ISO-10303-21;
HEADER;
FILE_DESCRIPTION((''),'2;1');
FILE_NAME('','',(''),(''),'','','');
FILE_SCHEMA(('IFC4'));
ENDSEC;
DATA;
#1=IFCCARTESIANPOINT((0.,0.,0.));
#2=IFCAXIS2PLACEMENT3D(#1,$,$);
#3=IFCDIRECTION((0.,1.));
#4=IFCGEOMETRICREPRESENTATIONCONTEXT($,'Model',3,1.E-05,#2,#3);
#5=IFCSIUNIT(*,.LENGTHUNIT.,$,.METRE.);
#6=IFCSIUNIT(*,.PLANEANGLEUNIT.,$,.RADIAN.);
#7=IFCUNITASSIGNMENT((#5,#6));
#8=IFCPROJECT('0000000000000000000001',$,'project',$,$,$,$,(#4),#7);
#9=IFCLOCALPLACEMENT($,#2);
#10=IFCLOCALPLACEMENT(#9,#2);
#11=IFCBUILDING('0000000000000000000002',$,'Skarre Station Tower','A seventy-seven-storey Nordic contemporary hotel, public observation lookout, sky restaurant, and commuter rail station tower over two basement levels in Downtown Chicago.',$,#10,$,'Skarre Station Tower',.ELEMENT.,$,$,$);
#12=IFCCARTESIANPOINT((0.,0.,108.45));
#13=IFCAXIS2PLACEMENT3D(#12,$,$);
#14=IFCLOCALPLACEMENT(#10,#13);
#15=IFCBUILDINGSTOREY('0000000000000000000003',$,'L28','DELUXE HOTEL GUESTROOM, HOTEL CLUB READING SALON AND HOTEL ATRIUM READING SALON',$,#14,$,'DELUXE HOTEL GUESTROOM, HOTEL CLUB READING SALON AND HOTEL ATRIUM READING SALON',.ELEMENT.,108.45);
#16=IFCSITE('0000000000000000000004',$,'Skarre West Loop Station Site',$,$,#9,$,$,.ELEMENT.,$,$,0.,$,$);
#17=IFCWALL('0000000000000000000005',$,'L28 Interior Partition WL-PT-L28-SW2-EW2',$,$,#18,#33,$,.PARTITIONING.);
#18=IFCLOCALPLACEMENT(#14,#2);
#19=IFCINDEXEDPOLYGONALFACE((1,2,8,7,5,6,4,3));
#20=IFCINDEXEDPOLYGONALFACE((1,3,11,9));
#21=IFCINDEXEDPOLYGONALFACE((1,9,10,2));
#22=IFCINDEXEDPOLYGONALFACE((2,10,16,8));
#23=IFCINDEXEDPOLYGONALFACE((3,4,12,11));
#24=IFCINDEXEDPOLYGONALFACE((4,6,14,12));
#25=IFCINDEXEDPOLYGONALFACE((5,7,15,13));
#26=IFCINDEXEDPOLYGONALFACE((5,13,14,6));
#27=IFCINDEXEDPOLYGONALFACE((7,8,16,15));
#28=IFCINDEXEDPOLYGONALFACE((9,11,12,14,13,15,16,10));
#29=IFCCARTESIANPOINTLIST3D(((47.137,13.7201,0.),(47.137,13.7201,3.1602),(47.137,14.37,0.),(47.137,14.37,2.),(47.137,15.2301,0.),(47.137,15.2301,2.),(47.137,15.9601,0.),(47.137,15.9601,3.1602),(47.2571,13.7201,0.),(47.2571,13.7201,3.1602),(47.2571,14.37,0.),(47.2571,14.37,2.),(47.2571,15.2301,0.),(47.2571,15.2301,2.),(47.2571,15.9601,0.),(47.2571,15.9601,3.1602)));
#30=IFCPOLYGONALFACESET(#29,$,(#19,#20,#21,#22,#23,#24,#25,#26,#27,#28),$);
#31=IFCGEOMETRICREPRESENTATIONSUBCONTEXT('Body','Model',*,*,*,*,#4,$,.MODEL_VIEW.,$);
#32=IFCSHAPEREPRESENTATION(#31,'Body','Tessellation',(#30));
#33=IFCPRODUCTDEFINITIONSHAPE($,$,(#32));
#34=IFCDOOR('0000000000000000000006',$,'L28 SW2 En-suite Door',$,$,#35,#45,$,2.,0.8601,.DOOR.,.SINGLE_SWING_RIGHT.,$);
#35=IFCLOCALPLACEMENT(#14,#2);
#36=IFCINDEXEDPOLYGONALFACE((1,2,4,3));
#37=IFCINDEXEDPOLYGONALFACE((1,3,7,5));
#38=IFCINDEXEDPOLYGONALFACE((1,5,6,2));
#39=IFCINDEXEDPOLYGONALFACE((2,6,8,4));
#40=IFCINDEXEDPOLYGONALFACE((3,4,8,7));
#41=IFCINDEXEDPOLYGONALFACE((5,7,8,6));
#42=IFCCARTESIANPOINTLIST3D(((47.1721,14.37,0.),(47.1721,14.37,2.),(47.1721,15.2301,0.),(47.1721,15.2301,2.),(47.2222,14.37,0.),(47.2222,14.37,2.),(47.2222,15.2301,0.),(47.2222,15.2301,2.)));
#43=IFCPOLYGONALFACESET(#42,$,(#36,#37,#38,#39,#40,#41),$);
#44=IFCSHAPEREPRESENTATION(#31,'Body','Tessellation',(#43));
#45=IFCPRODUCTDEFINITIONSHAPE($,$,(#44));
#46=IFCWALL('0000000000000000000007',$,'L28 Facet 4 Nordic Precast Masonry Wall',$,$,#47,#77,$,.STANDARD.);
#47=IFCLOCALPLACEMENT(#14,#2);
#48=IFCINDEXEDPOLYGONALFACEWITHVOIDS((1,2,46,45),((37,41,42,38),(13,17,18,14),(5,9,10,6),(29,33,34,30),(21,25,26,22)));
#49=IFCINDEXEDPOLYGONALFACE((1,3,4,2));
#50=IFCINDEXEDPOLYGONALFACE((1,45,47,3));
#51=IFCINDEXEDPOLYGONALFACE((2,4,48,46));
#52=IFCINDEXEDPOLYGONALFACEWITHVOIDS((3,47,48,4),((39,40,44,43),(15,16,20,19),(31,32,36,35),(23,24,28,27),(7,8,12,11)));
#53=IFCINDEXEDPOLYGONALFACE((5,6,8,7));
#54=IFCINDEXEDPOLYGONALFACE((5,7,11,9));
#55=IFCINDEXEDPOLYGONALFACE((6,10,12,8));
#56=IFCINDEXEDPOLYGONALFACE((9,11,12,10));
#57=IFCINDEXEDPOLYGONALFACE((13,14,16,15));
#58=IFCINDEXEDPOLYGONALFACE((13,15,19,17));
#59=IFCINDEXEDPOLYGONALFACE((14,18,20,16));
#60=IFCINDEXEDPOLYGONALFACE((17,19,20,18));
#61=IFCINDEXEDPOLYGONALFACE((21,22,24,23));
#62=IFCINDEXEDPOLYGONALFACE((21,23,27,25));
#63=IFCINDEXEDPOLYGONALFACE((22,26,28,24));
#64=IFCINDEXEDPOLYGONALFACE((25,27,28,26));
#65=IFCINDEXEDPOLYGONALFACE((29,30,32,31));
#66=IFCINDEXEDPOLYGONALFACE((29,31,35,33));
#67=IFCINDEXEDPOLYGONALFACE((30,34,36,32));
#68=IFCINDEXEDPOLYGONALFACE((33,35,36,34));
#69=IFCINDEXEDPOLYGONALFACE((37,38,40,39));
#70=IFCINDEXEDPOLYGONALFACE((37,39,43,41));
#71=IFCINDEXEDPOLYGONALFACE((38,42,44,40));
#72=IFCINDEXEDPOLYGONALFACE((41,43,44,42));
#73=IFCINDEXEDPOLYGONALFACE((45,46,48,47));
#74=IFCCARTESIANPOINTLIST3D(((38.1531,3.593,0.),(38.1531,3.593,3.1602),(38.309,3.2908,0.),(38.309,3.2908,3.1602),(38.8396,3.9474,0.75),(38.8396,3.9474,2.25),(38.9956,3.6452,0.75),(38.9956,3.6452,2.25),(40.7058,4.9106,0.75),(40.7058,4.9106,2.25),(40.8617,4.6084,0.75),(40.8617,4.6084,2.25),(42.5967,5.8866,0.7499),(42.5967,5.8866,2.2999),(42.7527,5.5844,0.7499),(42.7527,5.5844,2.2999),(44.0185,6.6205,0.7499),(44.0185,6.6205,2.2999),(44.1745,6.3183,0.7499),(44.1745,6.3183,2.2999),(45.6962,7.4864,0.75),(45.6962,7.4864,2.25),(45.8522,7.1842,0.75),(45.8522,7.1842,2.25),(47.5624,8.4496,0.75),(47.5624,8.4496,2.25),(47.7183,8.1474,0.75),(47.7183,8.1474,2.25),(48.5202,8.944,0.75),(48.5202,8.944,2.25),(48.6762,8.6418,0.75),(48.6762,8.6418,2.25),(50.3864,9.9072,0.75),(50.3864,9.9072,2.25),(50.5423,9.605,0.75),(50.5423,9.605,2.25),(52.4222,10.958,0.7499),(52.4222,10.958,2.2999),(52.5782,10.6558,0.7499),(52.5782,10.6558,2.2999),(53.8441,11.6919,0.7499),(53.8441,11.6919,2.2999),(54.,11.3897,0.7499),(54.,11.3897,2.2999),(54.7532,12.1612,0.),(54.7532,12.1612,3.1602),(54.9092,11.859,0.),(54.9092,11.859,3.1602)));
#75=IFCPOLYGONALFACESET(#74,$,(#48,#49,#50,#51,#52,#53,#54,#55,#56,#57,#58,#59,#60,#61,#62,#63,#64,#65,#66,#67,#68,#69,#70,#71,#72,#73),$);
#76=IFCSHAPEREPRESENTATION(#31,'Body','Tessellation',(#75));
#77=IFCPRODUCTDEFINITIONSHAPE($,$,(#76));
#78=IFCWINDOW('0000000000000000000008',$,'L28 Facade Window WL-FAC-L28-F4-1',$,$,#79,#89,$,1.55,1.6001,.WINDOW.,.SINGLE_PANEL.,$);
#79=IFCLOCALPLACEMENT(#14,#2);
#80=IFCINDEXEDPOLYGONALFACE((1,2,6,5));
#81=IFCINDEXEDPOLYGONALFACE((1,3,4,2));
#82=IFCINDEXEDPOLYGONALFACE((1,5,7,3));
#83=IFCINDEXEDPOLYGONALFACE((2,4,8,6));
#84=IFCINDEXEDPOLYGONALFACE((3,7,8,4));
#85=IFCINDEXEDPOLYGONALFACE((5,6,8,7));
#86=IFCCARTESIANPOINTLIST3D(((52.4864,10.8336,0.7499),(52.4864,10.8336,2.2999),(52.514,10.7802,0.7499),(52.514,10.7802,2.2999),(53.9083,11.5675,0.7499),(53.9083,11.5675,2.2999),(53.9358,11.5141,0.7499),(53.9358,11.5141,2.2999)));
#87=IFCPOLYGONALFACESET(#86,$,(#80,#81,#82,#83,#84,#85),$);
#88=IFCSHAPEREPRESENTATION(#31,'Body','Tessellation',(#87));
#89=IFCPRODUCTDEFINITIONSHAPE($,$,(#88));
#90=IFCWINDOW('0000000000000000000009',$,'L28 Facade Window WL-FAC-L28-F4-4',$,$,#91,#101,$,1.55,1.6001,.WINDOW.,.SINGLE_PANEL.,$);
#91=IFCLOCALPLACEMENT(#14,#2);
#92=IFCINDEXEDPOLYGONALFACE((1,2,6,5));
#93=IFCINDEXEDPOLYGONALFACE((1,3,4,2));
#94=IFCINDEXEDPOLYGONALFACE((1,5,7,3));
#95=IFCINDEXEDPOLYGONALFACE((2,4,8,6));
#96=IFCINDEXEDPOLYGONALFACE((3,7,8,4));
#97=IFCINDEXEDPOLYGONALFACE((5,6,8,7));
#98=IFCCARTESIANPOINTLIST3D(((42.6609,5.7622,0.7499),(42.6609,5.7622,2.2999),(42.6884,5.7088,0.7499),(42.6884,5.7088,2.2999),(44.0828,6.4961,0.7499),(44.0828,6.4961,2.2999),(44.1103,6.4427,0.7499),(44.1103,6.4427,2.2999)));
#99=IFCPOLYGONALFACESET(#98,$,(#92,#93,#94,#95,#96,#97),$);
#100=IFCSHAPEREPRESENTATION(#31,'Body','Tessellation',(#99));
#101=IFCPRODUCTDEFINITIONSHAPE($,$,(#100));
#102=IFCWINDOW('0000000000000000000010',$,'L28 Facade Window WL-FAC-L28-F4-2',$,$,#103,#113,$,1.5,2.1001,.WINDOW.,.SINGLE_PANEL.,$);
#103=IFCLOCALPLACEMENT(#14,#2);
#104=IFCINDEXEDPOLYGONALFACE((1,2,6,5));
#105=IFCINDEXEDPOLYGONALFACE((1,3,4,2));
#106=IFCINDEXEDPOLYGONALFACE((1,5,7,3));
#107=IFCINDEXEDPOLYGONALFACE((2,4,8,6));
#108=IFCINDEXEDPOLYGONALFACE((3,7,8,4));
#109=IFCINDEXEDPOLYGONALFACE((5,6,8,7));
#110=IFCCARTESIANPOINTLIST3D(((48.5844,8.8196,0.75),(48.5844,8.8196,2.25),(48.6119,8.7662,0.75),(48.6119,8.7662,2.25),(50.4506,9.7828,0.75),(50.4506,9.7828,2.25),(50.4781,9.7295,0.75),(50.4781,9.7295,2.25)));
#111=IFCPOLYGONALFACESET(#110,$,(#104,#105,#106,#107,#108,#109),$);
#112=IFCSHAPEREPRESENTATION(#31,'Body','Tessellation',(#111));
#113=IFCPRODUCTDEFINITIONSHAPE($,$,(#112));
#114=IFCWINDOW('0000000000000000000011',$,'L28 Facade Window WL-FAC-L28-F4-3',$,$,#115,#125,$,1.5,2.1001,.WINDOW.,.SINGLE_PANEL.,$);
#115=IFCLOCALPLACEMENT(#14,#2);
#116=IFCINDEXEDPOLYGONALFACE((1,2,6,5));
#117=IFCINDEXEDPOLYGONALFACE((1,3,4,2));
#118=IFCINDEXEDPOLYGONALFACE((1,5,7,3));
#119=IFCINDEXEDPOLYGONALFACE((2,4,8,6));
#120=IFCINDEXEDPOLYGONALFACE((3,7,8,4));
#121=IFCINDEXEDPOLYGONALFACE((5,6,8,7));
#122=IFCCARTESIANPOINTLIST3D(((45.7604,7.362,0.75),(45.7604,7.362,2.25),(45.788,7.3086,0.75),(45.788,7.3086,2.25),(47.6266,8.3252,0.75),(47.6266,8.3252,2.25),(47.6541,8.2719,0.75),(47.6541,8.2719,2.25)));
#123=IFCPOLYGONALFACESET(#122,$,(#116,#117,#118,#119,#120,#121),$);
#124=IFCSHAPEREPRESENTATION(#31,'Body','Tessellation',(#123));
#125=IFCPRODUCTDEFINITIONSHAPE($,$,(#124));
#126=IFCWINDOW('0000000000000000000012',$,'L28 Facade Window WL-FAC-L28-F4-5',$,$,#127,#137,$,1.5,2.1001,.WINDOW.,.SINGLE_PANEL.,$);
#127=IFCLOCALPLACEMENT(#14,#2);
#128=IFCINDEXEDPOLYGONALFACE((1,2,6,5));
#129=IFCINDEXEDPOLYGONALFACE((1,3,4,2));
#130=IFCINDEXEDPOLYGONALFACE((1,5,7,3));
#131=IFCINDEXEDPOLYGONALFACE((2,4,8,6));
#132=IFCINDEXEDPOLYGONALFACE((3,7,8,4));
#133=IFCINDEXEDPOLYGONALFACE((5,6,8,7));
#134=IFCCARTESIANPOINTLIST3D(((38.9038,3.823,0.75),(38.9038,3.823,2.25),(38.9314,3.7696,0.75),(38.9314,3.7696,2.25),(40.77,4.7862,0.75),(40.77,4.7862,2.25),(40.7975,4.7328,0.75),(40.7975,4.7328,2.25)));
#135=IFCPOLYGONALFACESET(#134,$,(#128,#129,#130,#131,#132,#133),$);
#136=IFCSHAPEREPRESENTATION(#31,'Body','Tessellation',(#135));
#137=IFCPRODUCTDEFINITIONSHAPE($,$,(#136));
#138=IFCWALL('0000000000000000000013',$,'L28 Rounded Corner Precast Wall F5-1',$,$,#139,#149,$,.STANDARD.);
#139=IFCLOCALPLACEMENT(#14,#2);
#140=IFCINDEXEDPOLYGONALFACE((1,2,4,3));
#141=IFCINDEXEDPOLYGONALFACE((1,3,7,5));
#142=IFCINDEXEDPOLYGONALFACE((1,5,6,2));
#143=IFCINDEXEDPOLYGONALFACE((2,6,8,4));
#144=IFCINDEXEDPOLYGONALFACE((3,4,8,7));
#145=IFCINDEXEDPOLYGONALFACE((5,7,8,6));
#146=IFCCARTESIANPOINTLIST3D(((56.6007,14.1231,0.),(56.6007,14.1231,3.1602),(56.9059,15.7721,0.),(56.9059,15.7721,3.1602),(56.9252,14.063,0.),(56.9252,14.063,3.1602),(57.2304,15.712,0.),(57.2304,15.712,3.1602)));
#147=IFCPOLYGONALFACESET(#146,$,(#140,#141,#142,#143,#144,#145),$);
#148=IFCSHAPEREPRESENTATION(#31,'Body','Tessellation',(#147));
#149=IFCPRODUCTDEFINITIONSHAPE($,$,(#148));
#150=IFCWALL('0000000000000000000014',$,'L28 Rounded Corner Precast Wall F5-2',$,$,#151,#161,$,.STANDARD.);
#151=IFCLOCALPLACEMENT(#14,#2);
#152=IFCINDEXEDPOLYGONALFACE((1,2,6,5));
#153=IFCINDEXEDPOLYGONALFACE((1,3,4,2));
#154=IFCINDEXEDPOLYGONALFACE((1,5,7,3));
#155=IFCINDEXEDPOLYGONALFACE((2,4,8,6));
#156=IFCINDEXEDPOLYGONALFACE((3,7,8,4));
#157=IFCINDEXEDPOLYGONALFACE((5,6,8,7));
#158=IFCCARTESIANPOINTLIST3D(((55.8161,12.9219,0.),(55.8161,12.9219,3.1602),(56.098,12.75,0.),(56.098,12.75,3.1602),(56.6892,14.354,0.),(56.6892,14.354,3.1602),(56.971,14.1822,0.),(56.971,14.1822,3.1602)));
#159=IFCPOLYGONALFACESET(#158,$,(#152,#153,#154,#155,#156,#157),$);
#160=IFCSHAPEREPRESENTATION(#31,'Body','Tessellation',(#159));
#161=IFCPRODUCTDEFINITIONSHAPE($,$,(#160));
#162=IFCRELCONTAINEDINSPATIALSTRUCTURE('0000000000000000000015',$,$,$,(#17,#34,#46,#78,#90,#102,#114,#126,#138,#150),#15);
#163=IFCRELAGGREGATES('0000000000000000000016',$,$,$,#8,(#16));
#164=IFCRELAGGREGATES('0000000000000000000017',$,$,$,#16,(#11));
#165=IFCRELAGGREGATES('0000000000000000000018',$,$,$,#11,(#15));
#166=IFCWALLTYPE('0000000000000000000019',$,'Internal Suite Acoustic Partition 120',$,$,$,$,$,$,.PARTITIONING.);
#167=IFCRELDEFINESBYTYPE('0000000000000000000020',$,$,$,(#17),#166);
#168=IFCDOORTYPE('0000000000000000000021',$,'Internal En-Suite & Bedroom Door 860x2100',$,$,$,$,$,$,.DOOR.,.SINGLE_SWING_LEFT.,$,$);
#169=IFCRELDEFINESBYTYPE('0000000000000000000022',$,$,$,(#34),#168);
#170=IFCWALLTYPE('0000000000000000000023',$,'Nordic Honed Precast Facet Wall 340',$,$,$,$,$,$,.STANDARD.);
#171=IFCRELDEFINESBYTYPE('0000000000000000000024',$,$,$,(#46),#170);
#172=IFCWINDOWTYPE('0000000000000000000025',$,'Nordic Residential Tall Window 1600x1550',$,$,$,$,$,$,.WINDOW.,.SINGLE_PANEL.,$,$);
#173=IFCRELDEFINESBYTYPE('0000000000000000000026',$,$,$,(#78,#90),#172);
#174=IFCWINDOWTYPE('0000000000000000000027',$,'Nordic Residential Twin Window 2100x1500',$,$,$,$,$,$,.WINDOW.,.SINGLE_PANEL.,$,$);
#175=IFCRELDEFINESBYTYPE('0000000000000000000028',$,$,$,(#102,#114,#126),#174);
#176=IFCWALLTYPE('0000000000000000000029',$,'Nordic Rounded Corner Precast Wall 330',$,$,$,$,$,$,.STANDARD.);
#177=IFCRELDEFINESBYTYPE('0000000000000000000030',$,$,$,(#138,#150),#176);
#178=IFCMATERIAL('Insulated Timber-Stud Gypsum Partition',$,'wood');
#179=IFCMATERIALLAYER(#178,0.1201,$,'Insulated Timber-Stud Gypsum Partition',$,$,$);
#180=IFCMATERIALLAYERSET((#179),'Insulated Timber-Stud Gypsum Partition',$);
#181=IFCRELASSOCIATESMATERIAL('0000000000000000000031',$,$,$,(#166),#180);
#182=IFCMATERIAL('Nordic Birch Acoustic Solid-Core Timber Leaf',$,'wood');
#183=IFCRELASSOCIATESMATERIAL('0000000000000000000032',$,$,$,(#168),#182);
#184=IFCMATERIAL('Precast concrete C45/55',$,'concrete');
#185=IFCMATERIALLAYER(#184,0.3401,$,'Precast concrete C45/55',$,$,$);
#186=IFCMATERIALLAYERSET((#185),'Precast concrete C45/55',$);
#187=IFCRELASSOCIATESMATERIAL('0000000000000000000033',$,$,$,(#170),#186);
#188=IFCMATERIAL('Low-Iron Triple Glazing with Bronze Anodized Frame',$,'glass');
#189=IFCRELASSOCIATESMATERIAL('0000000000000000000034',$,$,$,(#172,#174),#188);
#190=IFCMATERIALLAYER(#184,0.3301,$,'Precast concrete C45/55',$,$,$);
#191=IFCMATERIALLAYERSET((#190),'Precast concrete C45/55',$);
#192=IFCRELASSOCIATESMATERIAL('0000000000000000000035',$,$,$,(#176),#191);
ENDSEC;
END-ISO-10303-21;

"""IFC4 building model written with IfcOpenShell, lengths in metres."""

from ifc_helpers import new_model, si_unit, direction, frame, frame_2d, origin, place, context, subcontext, project, spatial, rectangle, extrude, material, layer, layer_set, type_object, element, fill, save


model = new_model("IFC4")

# Units and contexts
model_context = context("Model", 3, precision=1e-05, world=origin(), true_north=direction((0.0, 1.0)))
body_context = subcontext(model_context, "Body", "Model", "MODEL_VIEW")
ifc_project = project(units=[si_unit("LENGTHUNIT", "METRE"), si_unit("PLANEANGLEUNIT", "RADIAN")], contexts=[model_context])

# Site, building, storey
site_placement = place(None, origin())
site = spatial("IfcSite", under=ifc_project, at=site_placement, Name="Skarre West Loop Station Site", CompositionType="ELEMENT", RefElevation=0.0)
building_placement = place(site_placement, origin())
building = spatial("IfcBuilding", under=site, at=building_placement, Name="Skarre Station Tower", Description="A seventy-seven-storey Nordic contemporary hotel, public observation lookout, sky restaurant, and commuter rail station tower over two basement levels in Downtown Chicago.", LongName="Skarre Station Tower", CompositionType="ELEMENT")
storey_placement = place(building_placement, frame((0.0, 0.0, 108.45)))
storey = spatial("IfcBuildingStorey", under=building, at=storey_placement, Name="L28", Description="DELUXE HOTEL GUESTROOM, HOTEL CLUB READING SALON AND HOTEL ATRIUM READING SALON", LongName="DELUXE HOTEL GUESTROOM, HOTEL CLUB READING SALON AND HOTEL ATRIUM READING SALON", CompositionType="ELEMENT", Elevation=108.45)

# Wall, opening, door
ifc_material_1 = material(Name="Insulated Timber-Stud Gypsum Partition", Category="wood")
ifc_layer_1 = layer(ifc_material_1, 0.1201, Name="Insulated Timber-Stud Gypsum Partition")
ifc_layer_set_1 = layer_set([ifc_layer_1], Name="Insulated Timber-Stud Gypsum Partition")
wall_type_1 = type_object("IfcWallType", Name="Internal Suite Acoustic Partition 120", PredefinedType="PARTITIONING", material=ifc_layer_set_1)
wall_1_placement = place(storey_placement, frame((47.197, 13.72, 0.0), z_axis=(0.0, 0.0, 1.0), x_axis=(0.0, 1.0, 0.0)))
wall_1 = element("IfcWall", 1, at=wall_1_placement, inside=storey, type_object=wall_type_1, Name="L28 Interior Partition WL-PT-L28-SW2-EW2", PredefinedType="PARTITIONING", context=body_context, shape_type="SweptSolid", body=[
    extrude(rectangle(XDim=2.24, YDim=0.1201, at=frame_2d((1.1201, 0.0))), origin(), (0.0, 0.0, 1.0), 3.1602),
])
opening_1_placement = place(wall_1_placement, frame((0.6499, 0.0, 0.0)))
opening_1 = element("IfcOpeningElement", 2, at=opening_1_placement, cuts=wall_1, PredefinedType="OPENING", context=body_context, shape_type="SweptSolid", body=[
    extrude(rectangle(XDim=0.8601, YDim=2.0, at=frame_2d((0.4302, 1.0))), frame((0.0, 0.0701, 0.0), z_axis=(0.0, -1.0, 0.0), x_axis=(1.0, 0.0, 0.0)), (0.0, 0.0, 1.0), 0.1401),
])
ifc_material_2 = material(Name="Nordic Birch Acoustic Solid-Core Timber Leaf", Category="wood")
door_type_1 = type_object("IfcDoorType", Name="Internal En-Suite & Bedroom Door 860x2100", OperationType="SINGLE_SWING_LEFT", PredefinedType="DOOR", material=ifc_material_2)
door_1_placement = place(opening_1_placement, origin())
door_1 = element("IfcDoor", 3, at=door_1_placement, inside=storey, type_object=door_type_1, Name="L28 SW2 En-suite Door", OperationType="SINGLE_SWING_RIGHT", OverallHeight=2.0, OverallWidth=0.8601, PredefinedType="DOOR", context=body_context, shape_type="SweptSolid", body=[
    extrude(rectangle(XDim=0.8601, YDim=2.0, at=frame_2d((0.4302, 1.0))), frame((0.0, 0.0249, 0.0), z_axis=(0.0, -1.0, 0.0), x_axis=(1.0, 0.0, 0.0)), (0.0, 0.0, 1.0), 0.05),
])
fill(opening_1, door_1)

# Wall, openings, windows
ifc_material_3 = material(Name="Precast concrete C45/55", Category="concrete")
ifc_layer_2 = layer(ifc_material_3, 0.3401, Name="Precast concrete C45/55")
ifc_layer_set_2 = layer_set([ifc_layer_2], Name="Precast concrete C45/55")
wall_type_2 = type_object("IfcWallType", Name="Nordic Honed Precast Facet Wall 340", PredefinedType="STANDARD", material=ifc_layer_set_2)
wall_2_placement = place(storey_placement, frame((54.8311, 12.01, 0.0), z_axis=(0.0, 0.0, 1.0), x_axis=(-0.888614, -0.458657, 0.0)))
wall_2 = element("IfcWall", 4, at=wall_2_placement, inside=storey, type_object=wall_type_2, Name="L28 Facet 4 Nordic Precast Masonry Wall", PredefinedType="STANDARD", context=body_context, shape_type="SweptSolid", body=[
    extrude(rectangle(XDim=18.6809, YDim=0.3401, at=frame_2d((9.3403, 0.0))), origin(), (0.0, 0.0, 1.0), 3.1602),
])
opening_2_placement = place(wall_2_placement, frame((1.0229, 0.0, 0.75)))
opening_2 = element("IfcOpeningElement", 5, at=opening_2_placement, cuts=wall_2, PredefinedType="OPENING", context=body_context, shape_type="SweptSolid", body=[
    extrude(rectangle(XDim=1.6001, YDim=1.55, at=frame_2d((0.8, 0.7749))), frame((0.0, 0.1799, 0.0), z_axis=(0.0, -1.0, 0.0), x_axis=(1.0, 0.0, 0.0)), (0.0, 0.0, 1.0), 0.3601),
])
opening_3_placement = place(wall_2_placement, frame((4.9141, 0.0, 0.75)))
opening_3 = element("IfcOpeningElement", 6, at=opening_3_placement, cuts=wall_2, PredefinedType="OPENING", context=body_context, shape_type="SweptSolid", body=[
    extrude(rectangle(XDim=2.1001, YDim=1.5, at=frame_2d((1.05, 0.75))), frame((0.0, 0.1799, 0.0), z_axis=(0.0, -1.0, 0.0), x_axis=(1.0, 0.0, 0.0)), (0.0, 0.0, 1.0), 0.3601),
])
opening_4_placement = place(wall_2_placement, frame((8.092, 0.0, 0.75)))
opening_4 = element("IfcOpeningElement", 7, at=opening_4_placement, cuts=wall_2, PredefinedType="OPENING", context=body_context, shape_type="SweptSolid", body=[
    extrude(rectangle(XDim=2.1001, YDim=1.5, at=frame_2d((1.05, 0.75))), frame((0.0, 0.1799, 0.0), z_axis=(0.0, -1.0, 0.0), x_axis=(1.0, 0.0, 0.0)), (0.0, 0.0, 1.0), 0.3601),
])
opening_5_placement = place(wall_2_placement, frame((12.0801, 0.0, 0.75)))
opening_5 = element("IfcOpeningElement", 8, at=opening_5_placement, cuts=wall_2, PredefinedType="OPENING", context=body_context, shape_type="SweptSolid", body=[
    extrude(rectangle(XDim=1.6001, YDim=1.55, at=frame_2d((0.8, 0.7749))), frame((0.0, 0.1799, 0.0), z_axis=(0.0, -1.0, 0.0), x_axis=(1.0, 0.0, 0.0)), (0.0, 0.0, 1.0), 0.3601),
])
opening_6_placement = place(wall_2_placement, frame((15.8081, 0.0, 0.75)))
opening_6 = element("IfcOpeningElement", 9, at=opening_6_placement, cuts=wall_2, PredefinedType="OPENING", context=body_context, shape_type="SweptSolid", body=[
    extrude(rectangle(XDim=2.1001, YDim=1.5, at=frame_2d((1.05, 0.75))), frame((0.0, 0.1799, 0.0), z_axis=(0.0, -1.0, 0.0), x_axis=(1.0, 0.0, 0.0)), (0.0, 0.0, 1.0), 0.3601),
])
ifc_material_4 = material(Name="Low-Iron Triple Glazing with Bronze Anodized Frame", Category="glass")
window_type_1 = type_object("IfcWindowType", Name="Nordic Residential Tall Window 1600x1550", PartitioningType="SINGLE_PANEL", PredefinedType="WINDOW", material=ifc_material_4)
window_1_placement = place(opening_2_placement, origin())
window_1 = element("IfcWindow", 10, at=window_1_placement, inside=storey, type_object=window_type_1, Name="L28 Facade Window WL-FAC-L28-F4-1", OverallHeight=1.55, OverallWidth=1.6001, PartitioningType="SINGLE_PANEL", PredefinedType="WINDOW", context=body_context, shape_type="SweptSolid", body=[
    extrude(rectangle(XDim=1.6001, YDim=1.55, at=frame_2d((0.8, 0.7749))), frame((0.0, 0.03, 0.0), z_axis=(0.0, -1.0, 0.0), x_axis=(1.0, 0.0, 0.0)), (0.0, 0.0, 1.0), 0.0601),
])
fill(opening_2, window_1)
window_2_placement = place(opening_5_placement, origin())
window_2 = element("IfcWindow", 11, at=window_2_placement, inside=storey, type_object=window_type_1, Name="L28 Facade Window WL-FAC-L28-F4-4", OverallHeight=1.55, OverallWidth=1.6001, PartitioningType="SINGLE_PANEL", PredefinedType="WINDOW", context=body_context, shape_type="SweptSolid", body=[
    extrude(rectangle(XDim=1.6001, YDim=1.55, at=frame_2d((0.8, 0.7749))), frame((0.0, 0.03, 0.0), z_axis=(0.0, -1.0, 0.0), x_axis=(1.0, 0.0, 0.0)), (0.0, 0.0, 1.0), 0.0601),
])
fill(opening_5, window_2)
window_type_2 = type_object("IfcWindowType", Name="Nordic Residential Twin Window 2100x1500", PartitioningType="SINGLE_PANEL", PredefinedType="WINDOW", material=ifc_material_4)
window_3_placement = place(opening_3_placement, origin())
window_3 = element("IfcWindow", 12, at=window_3_placement, inside=storey, type_object=window_type_2, Name="L28 Facade Window WL-FAC-L28-F4-2", OverallHeight=1.5, OverallWidth=2.1001, PartitioningType="SINGLE_PANEL", PredefinedType="WINDOW", context=body_context, shape_type="SweptSolid", body=[
    extrude(rectangle(XDim=2.1001, YDim=1.5, at=frame_2d((1.05, 0.75))), frame((0.0, 0.03, 0.0), z_axis=(0.0, -1.0, 0.0), x_axis=(1.0, 0.0, 0.0)), (0.0, 0.0, 1.0), 0.0601),
])
fill(opening_3, window_3)
window_4_placement = place(opening_4_placement, origin())
window_4 = element("IfcWindow", 13, at=window_4_placement, inside=storey, type_object=window_type_2, Name="L28 Facade Window WL-FAC-L28-F4-3", OverallHeight=1.5, OverallWidth=2.1001, PartitioningType="SINGLE_PANEL", PredefinedType="WINDOW", context=body_context, shape_type="SweptSolid", body=[
    extrude(rectangle(XDim=2.1001, YDim=1.5, at=frame_2d((1.05, 0.75))), frame((0.0, 0.03, 0.0), z_axis=(0.0, -1.0, 0.0), x_axis=(1.0, 0.0, 0.0)), (0.0, 0.0, 1.0), 0.0601),
])
fill(opening_4, window_4)
window_5_placement = place(opening_6_placement, origin())
window_5 = element("IfcWindow", 14, at=window_5_placement, inside=storey, type_object=window_type_2, Name="L28 Facade Window WL-FAC-L28-F4-5", OverallHeight=1.5, OverallWidth=2.1001, PartitioningType="SINGLE_PANEL", PredefinedType="WINDOW", context=body_context, shape_type="SweptSolid", body=[
    extrude(rectangle(XDim=2.1001, YDim=1.5, at=frame_2d((1.05, 0.75))), frame((0.0, 0.03, 0.0), z_axis=(0.0, -1.0, 0.0), x_axis=(1.0, 0.0, 0.0)), (0.0, 0.0, 1.0), 0.0601),
])
fill(opening_6, window_5)

# Walls
ifc_layer_3 = layer(ifc_material_3, 0.3301, Name="Precast concrete C45/55")
ifc_layer_set_3 = layer_set([ifc_layer_3], Name="Precast concrete C45/55")
wall_type_3 = type_object("IfcWallType", Name="Nordic Rounded Corner Precast Wall 330", PredefinedType="STANDARD", material=ifc_layer_set_3)
wall_3_placement = place(storey_placement, frame((57.0681, 15.7419, 0.0), z_axis=(0.0, 0.0, 1.0), x_axis=(-0.181985, -0.983301, 0.0)))
element("IfcWall", 15, at=wall_3_placement, inside=storey, type_object=wall_type_3, Name="L28 Rounded Corner Precast Wall F5-1", PredefinedType="STANDARD", context=body_context, shape_type="SweptSolid", body=[
    extrude(rectangle(XDim=1.677, YDim=0.3301, at=frame_2d((0.8384, 0.0))), origin(), (0.0, 0.0, 1.0), 3.1602),
])
wall_4_placement = place(storey_placement, frame((56.8301, 14.2681, 0.0), z_axis=(0.0, 0.0, 1.0), x_axis=(-0.520519, -0.85385, 0.0)))
element("IfcWall", 16, at=wall_4_placement, inside=storey, type_object=wall_type_3, Name="L28 Rounded Corner Precast Wall F5-2", PredefinedType="STANDARD", context=body_context, shape_type="SweptSolid", body=[
    extrude(rectangle(XDim=1.6772, YDim=0.3301, at=frame_2d((0.8386, 0.0))), origin(), (0.0, 0.0, 1.0), 3.1602),
])

save(model, "model.ifc")
